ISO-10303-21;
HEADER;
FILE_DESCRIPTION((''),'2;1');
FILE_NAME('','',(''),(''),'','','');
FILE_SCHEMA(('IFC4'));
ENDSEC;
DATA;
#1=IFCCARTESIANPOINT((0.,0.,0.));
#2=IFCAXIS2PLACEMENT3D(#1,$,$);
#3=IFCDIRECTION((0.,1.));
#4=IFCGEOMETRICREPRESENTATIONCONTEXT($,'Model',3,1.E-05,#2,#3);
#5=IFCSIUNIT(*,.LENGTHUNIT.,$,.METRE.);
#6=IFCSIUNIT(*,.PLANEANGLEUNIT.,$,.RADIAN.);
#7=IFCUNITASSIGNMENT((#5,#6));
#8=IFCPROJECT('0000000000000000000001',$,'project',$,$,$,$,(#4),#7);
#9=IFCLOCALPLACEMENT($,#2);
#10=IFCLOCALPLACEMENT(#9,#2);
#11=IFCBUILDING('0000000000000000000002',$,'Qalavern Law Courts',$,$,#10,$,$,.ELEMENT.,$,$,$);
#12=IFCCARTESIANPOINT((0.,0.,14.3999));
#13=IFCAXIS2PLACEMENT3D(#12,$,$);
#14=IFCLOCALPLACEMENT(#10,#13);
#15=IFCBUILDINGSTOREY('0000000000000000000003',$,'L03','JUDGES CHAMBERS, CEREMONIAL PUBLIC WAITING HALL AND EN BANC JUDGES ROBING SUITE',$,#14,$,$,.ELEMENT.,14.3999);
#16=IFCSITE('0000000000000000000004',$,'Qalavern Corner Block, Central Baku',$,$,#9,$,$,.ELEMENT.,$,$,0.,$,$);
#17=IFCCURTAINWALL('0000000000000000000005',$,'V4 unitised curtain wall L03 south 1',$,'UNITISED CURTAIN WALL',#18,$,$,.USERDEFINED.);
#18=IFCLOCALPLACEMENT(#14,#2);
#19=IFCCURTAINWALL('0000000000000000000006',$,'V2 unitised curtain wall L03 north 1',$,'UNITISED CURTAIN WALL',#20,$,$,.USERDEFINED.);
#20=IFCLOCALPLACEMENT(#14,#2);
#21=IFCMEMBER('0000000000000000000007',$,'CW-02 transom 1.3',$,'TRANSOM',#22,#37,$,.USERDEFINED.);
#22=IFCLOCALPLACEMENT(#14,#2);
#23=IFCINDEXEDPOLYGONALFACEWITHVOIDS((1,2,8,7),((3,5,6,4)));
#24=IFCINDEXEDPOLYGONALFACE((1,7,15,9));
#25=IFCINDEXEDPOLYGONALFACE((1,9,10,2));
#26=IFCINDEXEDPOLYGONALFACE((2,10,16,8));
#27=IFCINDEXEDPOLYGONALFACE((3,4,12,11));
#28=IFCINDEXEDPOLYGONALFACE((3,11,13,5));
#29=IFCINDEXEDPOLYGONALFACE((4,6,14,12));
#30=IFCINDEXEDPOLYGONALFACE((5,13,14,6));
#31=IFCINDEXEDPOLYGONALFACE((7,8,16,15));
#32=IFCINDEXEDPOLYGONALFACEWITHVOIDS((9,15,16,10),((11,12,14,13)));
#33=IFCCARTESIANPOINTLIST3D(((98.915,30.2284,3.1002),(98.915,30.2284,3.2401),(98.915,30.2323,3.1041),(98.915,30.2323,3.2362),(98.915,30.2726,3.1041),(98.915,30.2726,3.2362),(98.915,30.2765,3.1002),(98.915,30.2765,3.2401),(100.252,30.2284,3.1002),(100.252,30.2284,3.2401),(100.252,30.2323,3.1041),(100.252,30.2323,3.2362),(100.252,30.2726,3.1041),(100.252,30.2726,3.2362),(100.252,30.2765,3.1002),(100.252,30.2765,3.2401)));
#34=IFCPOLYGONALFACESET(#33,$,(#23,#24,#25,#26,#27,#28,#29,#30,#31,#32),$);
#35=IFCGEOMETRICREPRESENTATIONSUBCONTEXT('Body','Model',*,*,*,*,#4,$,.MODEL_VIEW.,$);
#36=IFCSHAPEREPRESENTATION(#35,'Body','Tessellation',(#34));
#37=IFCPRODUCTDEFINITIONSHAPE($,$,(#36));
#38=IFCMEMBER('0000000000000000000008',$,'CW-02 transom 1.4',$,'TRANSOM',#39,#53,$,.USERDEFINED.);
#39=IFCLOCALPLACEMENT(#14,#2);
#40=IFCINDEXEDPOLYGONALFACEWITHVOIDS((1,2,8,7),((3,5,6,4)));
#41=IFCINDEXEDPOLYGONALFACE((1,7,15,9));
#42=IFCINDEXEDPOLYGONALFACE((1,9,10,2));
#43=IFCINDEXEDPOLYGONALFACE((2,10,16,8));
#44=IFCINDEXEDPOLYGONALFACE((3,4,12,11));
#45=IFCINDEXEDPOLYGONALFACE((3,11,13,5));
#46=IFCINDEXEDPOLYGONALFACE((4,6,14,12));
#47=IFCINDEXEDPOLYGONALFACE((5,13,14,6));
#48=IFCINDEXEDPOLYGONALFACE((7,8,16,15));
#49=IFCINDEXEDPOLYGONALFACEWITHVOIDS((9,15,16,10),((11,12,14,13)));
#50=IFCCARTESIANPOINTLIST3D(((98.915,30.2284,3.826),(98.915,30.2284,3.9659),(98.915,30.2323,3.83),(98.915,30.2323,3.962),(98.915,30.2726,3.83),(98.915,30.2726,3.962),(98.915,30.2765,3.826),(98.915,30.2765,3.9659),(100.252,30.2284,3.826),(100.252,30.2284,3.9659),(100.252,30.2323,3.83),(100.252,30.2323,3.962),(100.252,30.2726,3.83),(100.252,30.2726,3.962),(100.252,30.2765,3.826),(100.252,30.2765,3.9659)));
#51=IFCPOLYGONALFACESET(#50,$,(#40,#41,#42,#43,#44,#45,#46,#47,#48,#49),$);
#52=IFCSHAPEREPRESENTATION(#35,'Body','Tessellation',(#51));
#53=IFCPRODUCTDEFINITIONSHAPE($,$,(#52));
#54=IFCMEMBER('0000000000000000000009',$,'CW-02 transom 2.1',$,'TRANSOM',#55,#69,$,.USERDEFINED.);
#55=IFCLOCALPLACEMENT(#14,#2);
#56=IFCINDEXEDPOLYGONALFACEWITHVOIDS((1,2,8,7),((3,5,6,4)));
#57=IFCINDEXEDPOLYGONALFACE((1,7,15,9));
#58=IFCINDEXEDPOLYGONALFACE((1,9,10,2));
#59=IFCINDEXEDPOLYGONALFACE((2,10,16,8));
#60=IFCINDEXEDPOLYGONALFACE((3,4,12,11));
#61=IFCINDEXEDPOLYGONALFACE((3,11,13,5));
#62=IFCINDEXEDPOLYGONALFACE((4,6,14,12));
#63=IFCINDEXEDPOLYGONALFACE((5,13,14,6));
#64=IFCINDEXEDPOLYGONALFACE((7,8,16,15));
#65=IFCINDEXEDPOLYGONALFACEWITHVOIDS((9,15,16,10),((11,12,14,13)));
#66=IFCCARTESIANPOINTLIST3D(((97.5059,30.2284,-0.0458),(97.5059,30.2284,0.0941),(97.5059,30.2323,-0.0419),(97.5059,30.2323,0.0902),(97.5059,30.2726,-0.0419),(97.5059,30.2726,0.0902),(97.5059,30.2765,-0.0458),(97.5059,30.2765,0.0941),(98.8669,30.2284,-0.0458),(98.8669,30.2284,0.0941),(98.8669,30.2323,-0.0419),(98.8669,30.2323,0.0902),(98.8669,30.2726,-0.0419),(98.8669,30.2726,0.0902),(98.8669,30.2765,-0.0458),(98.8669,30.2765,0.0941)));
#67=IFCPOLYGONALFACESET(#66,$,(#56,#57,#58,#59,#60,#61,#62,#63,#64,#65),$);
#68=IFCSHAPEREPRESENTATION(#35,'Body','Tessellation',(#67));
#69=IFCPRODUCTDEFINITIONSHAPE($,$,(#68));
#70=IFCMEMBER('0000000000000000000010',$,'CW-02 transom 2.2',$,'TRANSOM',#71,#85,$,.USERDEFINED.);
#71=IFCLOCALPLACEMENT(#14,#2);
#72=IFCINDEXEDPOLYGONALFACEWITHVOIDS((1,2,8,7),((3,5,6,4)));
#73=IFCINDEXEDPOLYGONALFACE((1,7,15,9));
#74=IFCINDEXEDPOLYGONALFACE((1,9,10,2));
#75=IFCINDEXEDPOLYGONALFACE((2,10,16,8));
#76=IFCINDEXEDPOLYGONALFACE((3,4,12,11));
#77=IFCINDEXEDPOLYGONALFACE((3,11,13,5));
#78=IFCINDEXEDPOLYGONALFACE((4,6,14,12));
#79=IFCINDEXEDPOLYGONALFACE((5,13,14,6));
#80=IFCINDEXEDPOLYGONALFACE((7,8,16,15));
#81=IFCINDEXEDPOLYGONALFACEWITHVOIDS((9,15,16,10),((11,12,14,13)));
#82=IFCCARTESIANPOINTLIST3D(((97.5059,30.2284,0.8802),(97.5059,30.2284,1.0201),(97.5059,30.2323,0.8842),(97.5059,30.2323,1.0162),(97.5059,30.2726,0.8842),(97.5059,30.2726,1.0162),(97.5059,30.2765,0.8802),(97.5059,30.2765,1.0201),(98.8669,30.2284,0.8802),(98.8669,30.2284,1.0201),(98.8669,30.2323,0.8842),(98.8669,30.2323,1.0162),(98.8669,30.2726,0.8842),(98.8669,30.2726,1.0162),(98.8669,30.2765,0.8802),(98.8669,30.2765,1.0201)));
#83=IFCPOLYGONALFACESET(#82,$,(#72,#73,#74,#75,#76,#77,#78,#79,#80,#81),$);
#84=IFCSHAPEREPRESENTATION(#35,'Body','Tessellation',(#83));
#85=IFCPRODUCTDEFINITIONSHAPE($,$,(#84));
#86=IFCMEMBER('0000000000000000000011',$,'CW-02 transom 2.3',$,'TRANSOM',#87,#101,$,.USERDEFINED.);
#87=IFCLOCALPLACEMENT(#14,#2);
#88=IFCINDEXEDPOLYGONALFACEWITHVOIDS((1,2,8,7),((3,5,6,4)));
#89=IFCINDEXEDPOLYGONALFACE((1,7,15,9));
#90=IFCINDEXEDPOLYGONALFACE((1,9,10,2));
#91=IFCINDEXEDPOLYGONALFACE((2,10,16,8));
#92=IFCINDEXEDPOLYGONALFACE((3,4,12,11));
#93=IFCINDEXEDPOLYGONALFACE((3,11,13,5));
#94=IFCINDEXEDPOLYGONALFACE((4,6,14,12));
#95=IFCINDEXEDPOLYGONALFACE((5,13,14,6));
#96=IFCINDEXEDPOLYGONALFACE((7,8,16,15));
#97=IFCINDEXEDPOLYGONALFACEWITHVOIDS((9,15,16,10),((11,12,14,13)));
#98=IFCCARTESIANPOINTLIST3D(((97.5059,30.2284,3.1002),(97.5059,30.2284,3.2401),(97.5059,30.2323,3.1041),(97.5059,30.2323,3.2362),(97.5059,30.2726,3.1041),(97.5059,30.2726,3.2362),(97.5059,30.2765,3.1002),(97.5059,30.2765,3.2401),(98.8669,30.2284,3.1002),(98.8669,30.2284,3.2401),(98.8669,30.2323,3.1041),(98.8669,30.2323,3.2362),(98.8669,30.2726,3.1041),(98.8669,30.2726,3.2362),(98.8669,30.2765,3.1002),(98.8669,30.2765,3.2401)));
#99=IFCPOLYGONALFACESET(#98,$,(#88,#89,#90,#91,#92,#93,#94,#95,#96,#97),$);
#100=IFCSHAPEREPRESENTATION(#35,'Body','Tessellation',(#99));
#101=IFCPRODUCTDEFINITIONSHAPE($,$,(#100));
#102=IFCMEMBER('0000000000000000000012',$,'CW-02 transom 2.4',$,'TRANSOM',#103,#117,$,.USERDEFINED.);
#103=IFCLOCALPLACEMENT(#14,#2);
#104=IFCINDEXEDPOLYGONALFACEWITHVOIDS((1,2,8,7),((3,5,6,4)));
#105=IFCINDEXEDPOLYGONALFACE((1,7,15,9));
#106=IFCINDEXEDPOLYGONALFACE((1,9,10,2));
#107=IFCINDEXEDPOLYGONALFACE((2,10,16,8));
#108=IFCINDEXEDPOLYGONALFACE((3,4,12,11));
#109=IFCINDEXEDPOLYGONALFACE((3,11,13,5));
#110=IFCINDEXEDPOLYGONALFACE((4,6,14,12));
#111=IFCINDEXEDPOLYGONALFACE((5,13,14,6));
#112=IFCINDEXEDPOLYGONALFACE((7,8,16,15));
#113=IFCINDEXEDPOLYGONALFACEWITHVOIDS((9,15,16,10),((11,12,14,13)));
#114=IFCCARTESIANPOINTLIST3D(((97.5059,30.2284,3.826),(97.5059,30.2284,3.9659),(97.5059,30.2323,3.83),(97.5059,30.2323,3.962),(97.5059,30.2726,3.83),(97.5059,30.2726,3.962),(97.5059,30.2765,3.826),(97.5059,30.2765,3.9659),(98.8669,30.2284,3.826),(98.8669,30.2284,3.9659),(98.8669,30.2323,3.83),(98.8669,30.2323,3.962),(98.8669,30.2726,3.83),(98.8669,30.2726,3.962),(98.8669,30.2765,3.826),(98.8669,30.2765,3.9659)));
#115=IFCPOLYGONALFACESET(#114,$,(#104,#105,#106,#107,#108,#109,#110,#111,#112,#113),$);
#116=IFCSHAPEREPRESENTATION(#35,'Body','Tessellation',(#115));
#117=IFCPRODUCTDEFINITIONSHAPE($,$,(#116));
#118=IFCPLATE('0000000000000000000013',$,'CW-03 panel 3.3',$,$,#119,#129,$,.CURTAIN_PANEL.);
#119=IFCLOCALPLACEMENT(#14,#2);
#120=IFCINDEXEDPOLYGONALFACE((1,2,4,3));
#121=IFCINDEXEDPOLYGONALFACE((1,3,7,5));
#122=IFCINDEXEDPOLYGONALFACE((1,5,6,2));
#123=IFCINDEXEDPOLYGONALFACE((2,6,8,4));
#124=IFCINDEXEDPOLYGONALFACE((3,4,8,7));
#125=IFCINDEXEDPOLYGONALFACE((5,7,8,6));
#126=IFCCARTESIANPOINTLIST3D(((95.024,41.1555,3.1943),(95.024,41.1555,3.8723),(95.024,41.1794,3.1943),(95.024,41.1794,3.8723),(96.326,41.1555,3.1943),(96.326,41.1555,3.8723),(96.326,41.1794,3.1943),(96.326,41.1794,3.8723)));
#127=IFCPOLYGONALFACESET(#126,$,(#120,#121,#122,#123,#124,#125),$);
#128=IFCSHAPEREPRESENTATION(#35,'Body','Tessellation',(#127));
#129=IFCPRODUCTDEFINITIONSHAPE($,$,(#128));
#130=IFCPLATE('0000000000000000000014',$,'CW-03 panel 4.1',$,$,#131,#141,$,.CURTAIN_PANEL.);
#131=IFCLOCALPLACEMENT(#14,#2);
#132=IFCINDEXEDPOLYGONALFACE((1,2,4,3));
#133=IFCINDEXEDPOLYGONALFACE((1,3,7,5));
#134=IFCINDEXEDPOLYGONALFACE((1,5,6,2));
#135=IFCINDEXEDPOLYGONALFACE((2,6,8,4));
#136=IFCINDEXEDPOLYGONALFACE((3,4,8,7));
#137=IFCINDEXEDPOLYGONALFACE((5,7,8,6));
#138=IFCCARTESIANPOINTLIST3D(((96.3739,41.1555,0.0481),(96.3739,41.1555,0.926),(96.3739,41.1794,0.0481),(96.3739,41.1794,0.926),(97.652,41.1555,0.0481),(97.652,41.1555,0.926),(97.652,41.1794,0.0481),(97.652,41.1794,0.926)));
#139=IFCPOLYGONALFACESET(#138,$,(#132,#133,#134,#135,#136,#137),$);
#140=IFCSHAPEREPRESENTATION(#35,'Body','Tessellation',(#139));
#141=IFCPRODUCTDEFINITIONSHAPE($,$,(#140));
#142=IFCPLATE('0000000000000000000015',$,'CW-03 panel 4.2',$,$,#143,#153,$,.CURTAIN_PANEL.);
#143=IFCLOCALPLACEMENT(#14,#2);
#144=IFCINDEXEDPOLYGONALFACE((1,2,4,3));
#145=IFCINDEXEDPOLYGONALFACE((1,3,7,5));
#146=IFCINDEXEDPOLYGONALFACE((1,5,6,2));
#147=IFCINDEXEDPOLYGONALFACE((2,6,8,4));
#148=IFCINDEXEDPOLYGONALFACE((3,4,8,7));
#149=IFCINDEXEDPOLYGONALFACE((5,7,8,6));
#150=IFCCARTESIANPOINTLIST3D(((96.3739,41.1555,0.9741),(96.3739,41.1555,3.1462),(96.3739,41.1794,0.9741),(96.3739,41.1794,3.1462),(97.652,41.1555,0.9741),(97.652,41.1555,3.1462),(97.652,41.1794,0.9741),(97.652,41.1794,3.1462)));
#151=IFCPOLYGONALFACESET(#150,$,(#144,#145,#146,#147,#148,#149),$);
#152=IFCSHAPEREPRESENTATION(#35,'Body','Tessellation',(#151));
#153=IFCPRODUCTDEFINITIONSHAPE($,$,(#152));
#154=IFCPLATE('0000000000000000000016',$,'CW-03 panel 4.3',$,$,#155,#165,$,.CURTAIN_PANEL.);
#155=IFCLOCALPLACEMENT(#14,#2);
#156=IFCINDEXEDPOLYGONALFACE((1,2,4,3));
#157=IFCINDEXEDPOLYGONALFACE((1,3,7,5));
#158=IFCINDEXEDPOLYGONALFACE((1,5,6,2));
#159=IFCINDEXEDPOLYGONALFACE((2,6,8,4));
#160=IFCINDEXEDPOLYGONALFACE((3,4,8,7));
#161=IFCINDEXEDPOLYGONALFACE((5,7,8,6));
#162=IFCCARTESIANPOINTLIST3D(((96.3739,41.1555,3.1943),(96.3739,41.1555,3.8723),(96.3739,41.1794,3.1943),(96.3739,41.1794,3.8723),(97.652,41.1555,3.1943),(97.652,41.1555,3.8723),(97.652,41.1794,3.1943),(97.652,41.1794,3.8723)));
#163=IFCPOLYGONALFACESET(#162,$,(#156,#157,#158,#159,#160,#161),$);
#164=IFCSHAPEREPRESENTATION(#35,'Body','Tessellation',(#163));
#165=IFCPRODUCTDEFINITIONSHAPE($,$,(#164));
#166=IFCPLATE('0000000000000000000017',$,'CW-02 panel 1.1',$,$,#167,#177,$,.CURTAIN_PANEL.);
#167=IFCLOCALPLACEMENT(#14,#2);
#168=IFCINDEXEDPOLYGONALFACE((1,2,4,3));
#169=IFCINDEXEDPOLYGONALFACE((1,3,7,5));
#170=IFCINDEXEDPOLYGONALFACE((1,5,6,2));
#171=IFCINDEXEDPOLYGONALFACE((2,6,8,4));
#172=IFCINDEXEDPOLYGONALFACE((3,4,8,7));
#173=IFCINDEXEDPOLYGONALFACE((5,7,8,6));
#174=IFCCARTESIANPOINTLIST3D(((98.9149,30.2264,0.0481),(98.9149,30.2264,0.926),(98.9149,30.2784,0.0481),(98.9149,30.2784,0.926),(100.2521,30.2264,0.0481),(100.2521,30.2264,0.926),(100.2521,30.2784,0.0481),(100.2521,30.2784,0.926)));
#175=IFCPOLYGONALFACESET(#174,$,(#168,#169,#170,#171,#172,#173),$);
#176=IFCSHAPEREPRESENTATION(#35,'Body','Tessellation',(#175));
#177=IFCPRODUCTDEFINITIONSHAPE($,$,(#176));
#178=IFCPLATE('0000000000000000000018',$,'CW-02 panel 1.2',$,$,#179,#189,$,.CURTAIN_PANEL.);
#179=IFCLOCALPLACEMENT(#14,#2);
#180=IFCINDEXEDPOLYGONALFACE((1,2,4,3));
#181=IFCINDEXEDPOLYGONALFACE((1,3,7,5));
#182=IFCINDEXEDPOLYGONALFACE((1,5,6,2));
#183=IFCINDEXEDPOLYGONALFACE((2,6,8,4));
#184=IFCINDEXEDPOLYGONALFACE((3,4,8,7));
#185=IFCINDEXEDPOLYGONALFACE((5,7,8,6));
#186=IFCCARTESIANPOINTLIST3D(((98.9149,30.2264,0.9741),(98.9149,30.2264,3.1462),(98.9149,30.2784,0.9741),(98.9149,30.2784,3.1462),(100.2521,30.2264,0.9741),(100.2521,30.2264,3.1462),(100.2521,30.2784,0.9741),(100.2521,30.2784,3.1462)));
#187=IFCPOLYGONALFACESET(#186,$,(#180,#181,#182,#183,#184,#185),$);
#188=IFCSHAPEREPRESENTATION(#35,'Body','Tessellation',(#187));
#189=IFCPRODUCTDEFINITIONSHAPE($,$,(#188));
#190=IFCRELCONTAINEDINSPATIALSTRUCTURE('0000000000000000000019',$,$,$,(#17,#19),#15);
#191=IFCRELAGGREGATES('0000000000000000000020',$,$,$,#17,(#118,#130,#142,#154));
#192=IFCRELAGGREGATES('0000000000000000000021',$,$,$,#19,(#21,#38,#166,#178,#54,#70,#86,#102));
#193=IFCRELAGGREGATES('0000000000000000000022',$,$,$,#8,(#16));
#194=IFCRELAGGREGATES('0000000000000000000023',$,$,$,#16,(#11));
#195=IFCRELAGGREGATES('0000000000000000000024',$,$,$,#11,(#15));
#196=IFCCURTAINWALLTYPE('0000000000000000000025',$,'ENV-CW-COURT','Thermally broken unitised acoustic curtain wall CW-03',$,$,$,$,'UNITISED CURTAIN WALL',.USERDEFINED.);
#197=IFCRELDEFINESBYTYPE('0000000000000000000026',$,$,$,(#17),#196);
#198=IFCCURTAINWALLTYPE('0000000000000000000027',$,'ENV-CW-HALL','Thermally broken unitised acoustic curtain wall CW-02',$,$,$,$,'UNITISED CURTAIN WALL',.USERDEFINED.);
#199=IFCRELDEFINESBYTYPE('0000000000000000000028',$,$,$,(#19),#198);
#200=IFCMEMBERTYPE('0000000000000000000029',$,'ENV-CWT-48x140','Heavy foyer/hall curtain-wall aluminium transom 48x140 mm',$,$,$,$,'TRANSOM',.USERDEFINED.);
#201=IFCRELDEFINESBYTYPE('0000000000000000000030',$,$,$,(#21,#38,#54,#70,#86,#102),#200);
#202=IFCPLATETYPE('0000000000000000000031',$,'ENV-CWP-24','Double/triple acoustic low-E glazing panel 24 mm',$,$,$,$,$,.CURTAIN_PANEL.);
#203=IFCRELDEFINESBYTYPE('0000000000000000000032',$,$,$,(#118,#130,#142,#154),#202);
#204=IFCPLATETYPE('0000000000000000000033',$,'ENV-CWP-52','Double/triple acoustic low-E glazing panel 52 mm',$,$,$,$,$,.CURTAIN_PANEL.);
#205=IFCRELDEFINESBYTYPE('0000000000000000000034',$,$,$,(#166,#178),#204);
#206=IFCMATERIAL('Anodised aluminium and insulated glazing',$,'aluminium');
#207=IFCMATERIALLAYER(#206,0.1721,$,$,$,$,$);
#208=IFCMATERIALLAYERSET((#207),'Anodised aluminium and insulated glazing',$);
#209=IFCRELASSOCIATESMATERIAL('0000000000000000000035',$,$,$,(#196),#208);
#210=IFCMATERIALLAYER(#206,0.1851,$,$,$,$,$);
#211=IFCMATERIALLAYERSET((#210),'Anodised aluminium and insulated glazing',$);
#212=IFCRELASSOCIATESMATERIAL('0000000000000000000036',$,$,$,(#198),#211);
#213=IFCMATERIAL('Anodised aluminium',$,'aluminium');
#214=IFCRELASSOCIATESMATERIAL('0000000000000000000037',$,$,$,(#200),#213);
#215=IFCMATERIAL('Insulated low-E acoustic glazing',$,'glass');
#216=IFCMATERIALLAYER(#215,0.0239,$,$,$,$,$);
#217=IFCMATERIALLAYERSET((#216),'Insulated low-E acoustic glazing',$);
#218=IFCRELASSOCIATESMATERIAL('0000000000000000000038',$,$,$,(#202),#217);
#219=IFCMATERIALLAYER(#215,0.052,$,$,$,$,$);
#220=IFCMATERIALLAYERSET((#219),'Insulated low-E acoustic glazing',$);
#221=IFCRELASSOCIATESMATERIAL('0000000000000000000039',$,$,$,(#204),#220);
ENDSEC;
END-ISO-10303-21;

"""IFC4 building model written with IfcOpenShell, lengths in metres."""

from ifc_helpers import new_model, si_unit, direction, frame, origin, origin_2d, place, context, subcontext, project, spatial, rectangle, hollow_rectangle, extrude, material, layer, layer_set, material_profile, profile_set, type_object, element, aggregate, save


model = new_model("IFC4")

# Units and contexts
model_context = context("Model", 3, precision=1e-05, world=origin(), true_north=direction((0.0, 1.0)))
body_context = subcontext(model_context, "Body", "Model", "MODEL_VIEW")
ifc_project = project(units=[si_unit("LENGTHUNIT", "METRE"), si_unit("PLANEANGLEUNIT", "RADIAN")], contexts=[model_context])

# Site, building, storey
site_placement = place(None, origin())
site = spatial("IfcSite", under=ifc_project, at=site_placement, Name="Qalavern Corner Block, Central Baku", CompositionType="ELEMENT", RefElevation=0.0)
building_placement = place(site_placement, origin())
building = spatial("IfcBuilding", under=site, at=building_placement, Name="Qalavern Law Courts", CompositionType="ELEMENT")
storey_placement = place(building_placement, frame((0.0, 0.0, 14.3999)))
storey = spatial("IfcBuildingStorey", under=building, at=storey_placement, Name="L03", Description="JUDGES CHAMBERS, CEREMONIAL PUBLIC WAITING HALL AND EN BANC JUDGES ROBING SUITE", CompositionType="ELEMENT", Elevation=14.3999)

# Curtain walls
ifc_material_1 = material(Name="Anodised aluminium and insulated glazing", Category="aluminium")
ifc_layer_1 = layer(ifc_material_1, 0.1721)
ifc_layer_set_1 = layer_set([ifc_layer_1], Name="Anodised aluminium and insulated glazing")
curtain_wall_type_1 = type_object("IfcCurtainWallType", Name="ENV-CW-COURT", Description="Thermally broken unitised acoustic curtain wall CW-03", ElementType="UNITISED CURTAIN WALL", PredefinedType="USERDEFINED", material=ifc_layer_set_1)
curtain_wall_1_placement = place(storey_placement, origin())
curtain_wall_1 = element("IfcCurtainWall", 1, at=curtain_wall_1_placement, inside=storey, type_object=curtain_wall_type_1, Name="V4 unitised curtain wall L03 south 1", ObjectType="UNITISED CURTAIN WALL", PredefinedType="USERDEFINED")
ifc_material_2 = material(Name="Anodised aluminium", Category="aluminium")
ifc_layer_2 = layer(ifc_material_1, 0.1851)
ifc_layer_set_2 = layer_set([ifc_layer_2], Name="Anodised aluminium and insulated glazing")
curtain_wall_type_2 = type_object("IfcCurtainWallType", Name="ENV-CW-HALL", Description="Thermally broken unitised acoustic curtain wall CW-02", ElementType="UNITISED CURTAIN WALL", PredefinedType="USERDEFINED", material=ifc_layer_set_2)
curtain_wall_2_placement = place(storey_placement, origin())
curtain_wall_2 = element("IfcCurtainWall", 2, at=curtain_wall_2_placement, inside=storey, type_object=curtain_wall_type_2, Name="V2 unitised curtain wall L03 north 1", ObjectType="UNITISED CURTAIN WALL", PredefinedType="USERDEFINED")

# Members
ifc_material_profile_1 = material_profile(ifc_material_2, hollow_rectangle(XDim=0.0481, YDim=0.1399, WallThickness=0.0039, at=origin_2d()), Name="ALU TRANSOM 48x140")
ifc_profile_set_1 = profile_set([ifc_material_profile_1], Name="Anodised aluminium")
member_type_1 = type_object("IfcMemberType", Name="ENV-CWT-48x140", Description="Heavy foyer/hall curtain-wall aluminium transom 48x140 mm", ElementType="TRANSOM", PredefinedType="USERDEFINED", material=ifc_profile_set_1)
member_1_placement = place(storey_placement, frame((100.252, 30.2524, 3.1702), z_axis=(-1.0, 0.0, 0.0), x_axis=(0.0, -1.0, 0.0)))
member_1 = element("IfcMember", 3, at=member_1_placement, type_object=member_type_1, Name="CW-02 transom 1.3", ObjectType="TRANSOM", PredefinedType="USERDEFINED", context=body_context, shape_type="SweptSolid", body=[
    extrude(hollow_rectangle(XDim=0.0481, YDim=0.1399, WallThickness=0.0039, at=origin_2d()), origin(), (0.0, 0.0, 1.0), 1.3369),
])
member_2_placement = place(storey_placement, frame((100.252, 30.2524, 3.896), z_axis=(-1.0, 0.0, 0.0), x_axis=(0.0, -1.0, 0.0)))
member_2 = element("IfcMember", 4, at=member_2_placement, type_object=member_type_1, Name="CW-02 transom 1.4", ObjectType="TRANSOM", PredefinedType="USERDEFINED", context=body_context, shape_type="SweptSolid", body=[
    extrude(hollow_rectangle(XDim=0.0481, YDim=0.1399, WallThickness=0.0039, at=origin_2d()), origin(), (0.0, 0.0, 1.0), 1.3369),
])
member_3_placement = place(storey_placement, frame((98.8669, 30.2524, 0.0242), z_axis=(-1.0, 0.0, 0.0), x_axis=(0.0, -1.0, 0.0)))
member_3 = element("IfcMember", 5, at=member_3_placement, type_object=member_type_1, Name="CW-02 transom 2.1", ObjectType="TRANSOM", PredefinedType="USERDEFINED", context=body_context, shape_type="SweptSolid", body=[
    extrude(hollow_rectangle(XDim=0.0481, YDim=0.1399, WallThickness=0.0039, at=origin_2d()), origin(), (0.0, 0.0, 1.0), 1.3611),
])
member_4_placement = place(storey_placement, frame((98.8669, 30.2524, 0.9502), z_axis=(-1.0, 0.0, 0.0), x_axis=(0.0, -1.0, 0.0)))
member_4 = element("IfcMember", 6, at=member_4_placement, type_object=member_type_1, Name="CW-02 transom 2.2", ObjectType="TRANSOM", PredefinedType="USERDEFINED", context=body_context, shape_type="SweptSolid", body=[
    extrude(hollow_rectangle(XDim=0.0481, YDim=0.1399, WallThickness=0.0039, at=origin_2d()), origin(), (0.0, 0.0, 1.0), 1.3611),
])
member_5_placement = place(storey_placement, frame((98.8669, 30.2524, 3.1702), z_axis=(-1.0, 0.0, 0.0), x_axis=(0.0, -1.0, 0.0)))
member_5 = element("IfcMember", 7, at=member_5_placement, type_object=member_type_1, Name="CW-02 transom 2.3", ObjectType="TRANSOM", PredefinedType="USERDEFINED", context=body_context, shape_type="SweptSolid", body=[
    extrude(hollow_rectangle(XDim=0.0481, YDim=0.1399, WallThickness=0.0039, at=origin_2d()), origin(), (0.0, 0.0, 1.0), 1.3611),
])
member_6_placement = place(storey_placement, frame((98.8669, 30.2524, 3.896), z_axis=(-1.0, 0.0, 0.0), x_axis=(0.0, -1.0, 0.0)))
member_6 = element("IfcMember", 8, at=member_6_placement, type_object=member_type_1, Name="CW-02 transom 2.4", ObjectType="TRANSOM", PredefinedType="USERDEFINED", context=body_context, shape_type="SweptSolid", body=[
    extrude(hollow_rectangle(XDim=0.0481, YDim=0.1399, WallThickness=0.0039, at=origin_2d()), origin(), (0.0, 0.0, 1.0), 1.3611),
])

# Plates
ifc_material_3 = material(Name="Insulated low-E acoustic glazing", Category="glass")
ifc_layer_3 = layer(ifc_material_3, 0.0239)
ifc_layer_set_3 = layer_set([ifc_layer_3], Name="Insulated low-E acoustic glazing")
plate_type_1 = type_object("IfcPlateType", Name="ENV-CWP-24", Description="Double/triple acoustic low-E glazing panel 24 mm", PredefinedType="CURTAIN_PANEL", material=ifc_layer_set_3)
plate_1_placement = place(storey_placement, frame((95.675, 41.1675, 3.1943), z_axis=(0.0, 0.0, 1.0), x_axis=(1.0, 0.0, 0.0)))
plate_1 = element("IfcPlate", 9, at=plate_1_placement, type_object=plate_type_1, Name="CW-03 panel 3.3", PredefinedType="CURTAIN_PANEL", context=body_context, shape_type="SweptSolid", body=[
    extrude(rectangle(XDim=1.302, YDim=0.0239, at=origin_2d()), origin(), (0.0, 0.0, 1.0), 0.678),
])
plate_2_placement = place(storey_placement, frame((97.0129, 41.1675, 0.0481), z_axis=(0.0, 0.0, 1.0), x_axis=(1.0, 0.0, 0.0)))
plate_2 = element("IfcPlate", 10, at=plate_2_placement, type_object=plate_type_1, Name="CW-03 panel 4.1", PredefinedType="CURTAIN_PANEL", context=body_context, shape_type="SweptSolid", body=[
    extrude(rectangle(XDim=1.2781, YDim=0.0239, at=origin_2d()), origin(), (0.0, 0.0, 1.0), 0.8779),
])
plate_3_placement = place(storey_placement, frame((97.0129, 41.1675, 0.9741), z_axis=(0.0, 0.0, 1.0), x_axis=(1.0, 0.0, 0.0)))
plate_3 = element("IfcPlate", 11, at=plate_3_placement, type_object=plate_type_1, Name="CW-03 panel 4.2", PredefinedType="CURTAIN_PANEL", context=body_context, shape_type="SweptSolid", body=[
    extrude(rectangle(XDim=1.2781, YDim=0.0239, at=origin_2d()), origin(), (0.0, 0.0, 1.0), 2.1721),
])
plate_4_placement = place(storey_placement, frame((97.0129, 41.1675, 3.1943), z_axis=(0.0, 0.0, 1.0), x_axis=(1.0, 0.0, 0.0)))
plate_4 = element("IfcPlate", 12, at=plate_4_placement, type_object=plate_type_1, Name="CW-03 panel 4.3", PredefinedType="CURTAIN_PANEL", context=body_context, shape_type="SweptSolid", body=[
    extrude(rectangle(XDim=1.2781, YDim=0.0239, at=origin_2d()), origin(), (0.0, 0.0, 1.0), 0.678),
])
aggregate(curtain_wall_1, [plate_1, plate_2, plate_3, plate_4])
ifc_layer_4 = layer(ifc_material_3, 0.052)
ifc_layer_set_4 = layer_set([ifc_layer_4], Name="Insulated low-E acoustic glazing")
plate_type_2 = type_object("IfcPlateType", Name="ENV-CWP-52", Description="Double/triple acoustic low-E glazing panel 52 mm", PredefinedType="CURTAIN_PANEL", material=ifc_layer_set_4)
plate_5_placement = place(storey_placement, frame((99.5835, 30.2524, 0.0481), z_axis=(0.0, 0.0, 1.0), x_axis=(-1.0, 0.0, 0.0)))
plate_5 = element("IfcPlate", 13, at=plate_5_placement, type_object=plate_type_2, Name="CW-02 panel 1.1", PredefinedType="CURTAIN_PANEL", context=body_context, shape_type="SweptSolid", body=[
    extrude(rectangle(XDim=1.3372, YDim=0.052, at=origin_2d()), origin(), (0.0, 0.0, 1.0), 0.8779),
])
plate_6_placement = place(storey_placement, frame((99.5835, 30.2524, 0.9741), z_axis=(0.0, 0.0, 1.0), x_axis=(-1.0, 0.0, 0.0)))
plate_6 = element("IfcPlate", 14, at=plate_6_placement, type_object=plate_type_2, Name="CW-02 panel 1.2", PredefinedType="CURTAIN_PANEL", context=body_context, shape_type="SweptSolid", body=[
    extrude(rectangle(XDim=1.3372, YDim=0.052, at=origin_2d()), origin(), (0.0, 0.0, 1.0), 2.1721),
])
aggregate(curtain_wall_2, [member_1, member_2, plate_5, plate_6, member_3, member_4, member_5, member_6])

save(model, "model.ifc")
